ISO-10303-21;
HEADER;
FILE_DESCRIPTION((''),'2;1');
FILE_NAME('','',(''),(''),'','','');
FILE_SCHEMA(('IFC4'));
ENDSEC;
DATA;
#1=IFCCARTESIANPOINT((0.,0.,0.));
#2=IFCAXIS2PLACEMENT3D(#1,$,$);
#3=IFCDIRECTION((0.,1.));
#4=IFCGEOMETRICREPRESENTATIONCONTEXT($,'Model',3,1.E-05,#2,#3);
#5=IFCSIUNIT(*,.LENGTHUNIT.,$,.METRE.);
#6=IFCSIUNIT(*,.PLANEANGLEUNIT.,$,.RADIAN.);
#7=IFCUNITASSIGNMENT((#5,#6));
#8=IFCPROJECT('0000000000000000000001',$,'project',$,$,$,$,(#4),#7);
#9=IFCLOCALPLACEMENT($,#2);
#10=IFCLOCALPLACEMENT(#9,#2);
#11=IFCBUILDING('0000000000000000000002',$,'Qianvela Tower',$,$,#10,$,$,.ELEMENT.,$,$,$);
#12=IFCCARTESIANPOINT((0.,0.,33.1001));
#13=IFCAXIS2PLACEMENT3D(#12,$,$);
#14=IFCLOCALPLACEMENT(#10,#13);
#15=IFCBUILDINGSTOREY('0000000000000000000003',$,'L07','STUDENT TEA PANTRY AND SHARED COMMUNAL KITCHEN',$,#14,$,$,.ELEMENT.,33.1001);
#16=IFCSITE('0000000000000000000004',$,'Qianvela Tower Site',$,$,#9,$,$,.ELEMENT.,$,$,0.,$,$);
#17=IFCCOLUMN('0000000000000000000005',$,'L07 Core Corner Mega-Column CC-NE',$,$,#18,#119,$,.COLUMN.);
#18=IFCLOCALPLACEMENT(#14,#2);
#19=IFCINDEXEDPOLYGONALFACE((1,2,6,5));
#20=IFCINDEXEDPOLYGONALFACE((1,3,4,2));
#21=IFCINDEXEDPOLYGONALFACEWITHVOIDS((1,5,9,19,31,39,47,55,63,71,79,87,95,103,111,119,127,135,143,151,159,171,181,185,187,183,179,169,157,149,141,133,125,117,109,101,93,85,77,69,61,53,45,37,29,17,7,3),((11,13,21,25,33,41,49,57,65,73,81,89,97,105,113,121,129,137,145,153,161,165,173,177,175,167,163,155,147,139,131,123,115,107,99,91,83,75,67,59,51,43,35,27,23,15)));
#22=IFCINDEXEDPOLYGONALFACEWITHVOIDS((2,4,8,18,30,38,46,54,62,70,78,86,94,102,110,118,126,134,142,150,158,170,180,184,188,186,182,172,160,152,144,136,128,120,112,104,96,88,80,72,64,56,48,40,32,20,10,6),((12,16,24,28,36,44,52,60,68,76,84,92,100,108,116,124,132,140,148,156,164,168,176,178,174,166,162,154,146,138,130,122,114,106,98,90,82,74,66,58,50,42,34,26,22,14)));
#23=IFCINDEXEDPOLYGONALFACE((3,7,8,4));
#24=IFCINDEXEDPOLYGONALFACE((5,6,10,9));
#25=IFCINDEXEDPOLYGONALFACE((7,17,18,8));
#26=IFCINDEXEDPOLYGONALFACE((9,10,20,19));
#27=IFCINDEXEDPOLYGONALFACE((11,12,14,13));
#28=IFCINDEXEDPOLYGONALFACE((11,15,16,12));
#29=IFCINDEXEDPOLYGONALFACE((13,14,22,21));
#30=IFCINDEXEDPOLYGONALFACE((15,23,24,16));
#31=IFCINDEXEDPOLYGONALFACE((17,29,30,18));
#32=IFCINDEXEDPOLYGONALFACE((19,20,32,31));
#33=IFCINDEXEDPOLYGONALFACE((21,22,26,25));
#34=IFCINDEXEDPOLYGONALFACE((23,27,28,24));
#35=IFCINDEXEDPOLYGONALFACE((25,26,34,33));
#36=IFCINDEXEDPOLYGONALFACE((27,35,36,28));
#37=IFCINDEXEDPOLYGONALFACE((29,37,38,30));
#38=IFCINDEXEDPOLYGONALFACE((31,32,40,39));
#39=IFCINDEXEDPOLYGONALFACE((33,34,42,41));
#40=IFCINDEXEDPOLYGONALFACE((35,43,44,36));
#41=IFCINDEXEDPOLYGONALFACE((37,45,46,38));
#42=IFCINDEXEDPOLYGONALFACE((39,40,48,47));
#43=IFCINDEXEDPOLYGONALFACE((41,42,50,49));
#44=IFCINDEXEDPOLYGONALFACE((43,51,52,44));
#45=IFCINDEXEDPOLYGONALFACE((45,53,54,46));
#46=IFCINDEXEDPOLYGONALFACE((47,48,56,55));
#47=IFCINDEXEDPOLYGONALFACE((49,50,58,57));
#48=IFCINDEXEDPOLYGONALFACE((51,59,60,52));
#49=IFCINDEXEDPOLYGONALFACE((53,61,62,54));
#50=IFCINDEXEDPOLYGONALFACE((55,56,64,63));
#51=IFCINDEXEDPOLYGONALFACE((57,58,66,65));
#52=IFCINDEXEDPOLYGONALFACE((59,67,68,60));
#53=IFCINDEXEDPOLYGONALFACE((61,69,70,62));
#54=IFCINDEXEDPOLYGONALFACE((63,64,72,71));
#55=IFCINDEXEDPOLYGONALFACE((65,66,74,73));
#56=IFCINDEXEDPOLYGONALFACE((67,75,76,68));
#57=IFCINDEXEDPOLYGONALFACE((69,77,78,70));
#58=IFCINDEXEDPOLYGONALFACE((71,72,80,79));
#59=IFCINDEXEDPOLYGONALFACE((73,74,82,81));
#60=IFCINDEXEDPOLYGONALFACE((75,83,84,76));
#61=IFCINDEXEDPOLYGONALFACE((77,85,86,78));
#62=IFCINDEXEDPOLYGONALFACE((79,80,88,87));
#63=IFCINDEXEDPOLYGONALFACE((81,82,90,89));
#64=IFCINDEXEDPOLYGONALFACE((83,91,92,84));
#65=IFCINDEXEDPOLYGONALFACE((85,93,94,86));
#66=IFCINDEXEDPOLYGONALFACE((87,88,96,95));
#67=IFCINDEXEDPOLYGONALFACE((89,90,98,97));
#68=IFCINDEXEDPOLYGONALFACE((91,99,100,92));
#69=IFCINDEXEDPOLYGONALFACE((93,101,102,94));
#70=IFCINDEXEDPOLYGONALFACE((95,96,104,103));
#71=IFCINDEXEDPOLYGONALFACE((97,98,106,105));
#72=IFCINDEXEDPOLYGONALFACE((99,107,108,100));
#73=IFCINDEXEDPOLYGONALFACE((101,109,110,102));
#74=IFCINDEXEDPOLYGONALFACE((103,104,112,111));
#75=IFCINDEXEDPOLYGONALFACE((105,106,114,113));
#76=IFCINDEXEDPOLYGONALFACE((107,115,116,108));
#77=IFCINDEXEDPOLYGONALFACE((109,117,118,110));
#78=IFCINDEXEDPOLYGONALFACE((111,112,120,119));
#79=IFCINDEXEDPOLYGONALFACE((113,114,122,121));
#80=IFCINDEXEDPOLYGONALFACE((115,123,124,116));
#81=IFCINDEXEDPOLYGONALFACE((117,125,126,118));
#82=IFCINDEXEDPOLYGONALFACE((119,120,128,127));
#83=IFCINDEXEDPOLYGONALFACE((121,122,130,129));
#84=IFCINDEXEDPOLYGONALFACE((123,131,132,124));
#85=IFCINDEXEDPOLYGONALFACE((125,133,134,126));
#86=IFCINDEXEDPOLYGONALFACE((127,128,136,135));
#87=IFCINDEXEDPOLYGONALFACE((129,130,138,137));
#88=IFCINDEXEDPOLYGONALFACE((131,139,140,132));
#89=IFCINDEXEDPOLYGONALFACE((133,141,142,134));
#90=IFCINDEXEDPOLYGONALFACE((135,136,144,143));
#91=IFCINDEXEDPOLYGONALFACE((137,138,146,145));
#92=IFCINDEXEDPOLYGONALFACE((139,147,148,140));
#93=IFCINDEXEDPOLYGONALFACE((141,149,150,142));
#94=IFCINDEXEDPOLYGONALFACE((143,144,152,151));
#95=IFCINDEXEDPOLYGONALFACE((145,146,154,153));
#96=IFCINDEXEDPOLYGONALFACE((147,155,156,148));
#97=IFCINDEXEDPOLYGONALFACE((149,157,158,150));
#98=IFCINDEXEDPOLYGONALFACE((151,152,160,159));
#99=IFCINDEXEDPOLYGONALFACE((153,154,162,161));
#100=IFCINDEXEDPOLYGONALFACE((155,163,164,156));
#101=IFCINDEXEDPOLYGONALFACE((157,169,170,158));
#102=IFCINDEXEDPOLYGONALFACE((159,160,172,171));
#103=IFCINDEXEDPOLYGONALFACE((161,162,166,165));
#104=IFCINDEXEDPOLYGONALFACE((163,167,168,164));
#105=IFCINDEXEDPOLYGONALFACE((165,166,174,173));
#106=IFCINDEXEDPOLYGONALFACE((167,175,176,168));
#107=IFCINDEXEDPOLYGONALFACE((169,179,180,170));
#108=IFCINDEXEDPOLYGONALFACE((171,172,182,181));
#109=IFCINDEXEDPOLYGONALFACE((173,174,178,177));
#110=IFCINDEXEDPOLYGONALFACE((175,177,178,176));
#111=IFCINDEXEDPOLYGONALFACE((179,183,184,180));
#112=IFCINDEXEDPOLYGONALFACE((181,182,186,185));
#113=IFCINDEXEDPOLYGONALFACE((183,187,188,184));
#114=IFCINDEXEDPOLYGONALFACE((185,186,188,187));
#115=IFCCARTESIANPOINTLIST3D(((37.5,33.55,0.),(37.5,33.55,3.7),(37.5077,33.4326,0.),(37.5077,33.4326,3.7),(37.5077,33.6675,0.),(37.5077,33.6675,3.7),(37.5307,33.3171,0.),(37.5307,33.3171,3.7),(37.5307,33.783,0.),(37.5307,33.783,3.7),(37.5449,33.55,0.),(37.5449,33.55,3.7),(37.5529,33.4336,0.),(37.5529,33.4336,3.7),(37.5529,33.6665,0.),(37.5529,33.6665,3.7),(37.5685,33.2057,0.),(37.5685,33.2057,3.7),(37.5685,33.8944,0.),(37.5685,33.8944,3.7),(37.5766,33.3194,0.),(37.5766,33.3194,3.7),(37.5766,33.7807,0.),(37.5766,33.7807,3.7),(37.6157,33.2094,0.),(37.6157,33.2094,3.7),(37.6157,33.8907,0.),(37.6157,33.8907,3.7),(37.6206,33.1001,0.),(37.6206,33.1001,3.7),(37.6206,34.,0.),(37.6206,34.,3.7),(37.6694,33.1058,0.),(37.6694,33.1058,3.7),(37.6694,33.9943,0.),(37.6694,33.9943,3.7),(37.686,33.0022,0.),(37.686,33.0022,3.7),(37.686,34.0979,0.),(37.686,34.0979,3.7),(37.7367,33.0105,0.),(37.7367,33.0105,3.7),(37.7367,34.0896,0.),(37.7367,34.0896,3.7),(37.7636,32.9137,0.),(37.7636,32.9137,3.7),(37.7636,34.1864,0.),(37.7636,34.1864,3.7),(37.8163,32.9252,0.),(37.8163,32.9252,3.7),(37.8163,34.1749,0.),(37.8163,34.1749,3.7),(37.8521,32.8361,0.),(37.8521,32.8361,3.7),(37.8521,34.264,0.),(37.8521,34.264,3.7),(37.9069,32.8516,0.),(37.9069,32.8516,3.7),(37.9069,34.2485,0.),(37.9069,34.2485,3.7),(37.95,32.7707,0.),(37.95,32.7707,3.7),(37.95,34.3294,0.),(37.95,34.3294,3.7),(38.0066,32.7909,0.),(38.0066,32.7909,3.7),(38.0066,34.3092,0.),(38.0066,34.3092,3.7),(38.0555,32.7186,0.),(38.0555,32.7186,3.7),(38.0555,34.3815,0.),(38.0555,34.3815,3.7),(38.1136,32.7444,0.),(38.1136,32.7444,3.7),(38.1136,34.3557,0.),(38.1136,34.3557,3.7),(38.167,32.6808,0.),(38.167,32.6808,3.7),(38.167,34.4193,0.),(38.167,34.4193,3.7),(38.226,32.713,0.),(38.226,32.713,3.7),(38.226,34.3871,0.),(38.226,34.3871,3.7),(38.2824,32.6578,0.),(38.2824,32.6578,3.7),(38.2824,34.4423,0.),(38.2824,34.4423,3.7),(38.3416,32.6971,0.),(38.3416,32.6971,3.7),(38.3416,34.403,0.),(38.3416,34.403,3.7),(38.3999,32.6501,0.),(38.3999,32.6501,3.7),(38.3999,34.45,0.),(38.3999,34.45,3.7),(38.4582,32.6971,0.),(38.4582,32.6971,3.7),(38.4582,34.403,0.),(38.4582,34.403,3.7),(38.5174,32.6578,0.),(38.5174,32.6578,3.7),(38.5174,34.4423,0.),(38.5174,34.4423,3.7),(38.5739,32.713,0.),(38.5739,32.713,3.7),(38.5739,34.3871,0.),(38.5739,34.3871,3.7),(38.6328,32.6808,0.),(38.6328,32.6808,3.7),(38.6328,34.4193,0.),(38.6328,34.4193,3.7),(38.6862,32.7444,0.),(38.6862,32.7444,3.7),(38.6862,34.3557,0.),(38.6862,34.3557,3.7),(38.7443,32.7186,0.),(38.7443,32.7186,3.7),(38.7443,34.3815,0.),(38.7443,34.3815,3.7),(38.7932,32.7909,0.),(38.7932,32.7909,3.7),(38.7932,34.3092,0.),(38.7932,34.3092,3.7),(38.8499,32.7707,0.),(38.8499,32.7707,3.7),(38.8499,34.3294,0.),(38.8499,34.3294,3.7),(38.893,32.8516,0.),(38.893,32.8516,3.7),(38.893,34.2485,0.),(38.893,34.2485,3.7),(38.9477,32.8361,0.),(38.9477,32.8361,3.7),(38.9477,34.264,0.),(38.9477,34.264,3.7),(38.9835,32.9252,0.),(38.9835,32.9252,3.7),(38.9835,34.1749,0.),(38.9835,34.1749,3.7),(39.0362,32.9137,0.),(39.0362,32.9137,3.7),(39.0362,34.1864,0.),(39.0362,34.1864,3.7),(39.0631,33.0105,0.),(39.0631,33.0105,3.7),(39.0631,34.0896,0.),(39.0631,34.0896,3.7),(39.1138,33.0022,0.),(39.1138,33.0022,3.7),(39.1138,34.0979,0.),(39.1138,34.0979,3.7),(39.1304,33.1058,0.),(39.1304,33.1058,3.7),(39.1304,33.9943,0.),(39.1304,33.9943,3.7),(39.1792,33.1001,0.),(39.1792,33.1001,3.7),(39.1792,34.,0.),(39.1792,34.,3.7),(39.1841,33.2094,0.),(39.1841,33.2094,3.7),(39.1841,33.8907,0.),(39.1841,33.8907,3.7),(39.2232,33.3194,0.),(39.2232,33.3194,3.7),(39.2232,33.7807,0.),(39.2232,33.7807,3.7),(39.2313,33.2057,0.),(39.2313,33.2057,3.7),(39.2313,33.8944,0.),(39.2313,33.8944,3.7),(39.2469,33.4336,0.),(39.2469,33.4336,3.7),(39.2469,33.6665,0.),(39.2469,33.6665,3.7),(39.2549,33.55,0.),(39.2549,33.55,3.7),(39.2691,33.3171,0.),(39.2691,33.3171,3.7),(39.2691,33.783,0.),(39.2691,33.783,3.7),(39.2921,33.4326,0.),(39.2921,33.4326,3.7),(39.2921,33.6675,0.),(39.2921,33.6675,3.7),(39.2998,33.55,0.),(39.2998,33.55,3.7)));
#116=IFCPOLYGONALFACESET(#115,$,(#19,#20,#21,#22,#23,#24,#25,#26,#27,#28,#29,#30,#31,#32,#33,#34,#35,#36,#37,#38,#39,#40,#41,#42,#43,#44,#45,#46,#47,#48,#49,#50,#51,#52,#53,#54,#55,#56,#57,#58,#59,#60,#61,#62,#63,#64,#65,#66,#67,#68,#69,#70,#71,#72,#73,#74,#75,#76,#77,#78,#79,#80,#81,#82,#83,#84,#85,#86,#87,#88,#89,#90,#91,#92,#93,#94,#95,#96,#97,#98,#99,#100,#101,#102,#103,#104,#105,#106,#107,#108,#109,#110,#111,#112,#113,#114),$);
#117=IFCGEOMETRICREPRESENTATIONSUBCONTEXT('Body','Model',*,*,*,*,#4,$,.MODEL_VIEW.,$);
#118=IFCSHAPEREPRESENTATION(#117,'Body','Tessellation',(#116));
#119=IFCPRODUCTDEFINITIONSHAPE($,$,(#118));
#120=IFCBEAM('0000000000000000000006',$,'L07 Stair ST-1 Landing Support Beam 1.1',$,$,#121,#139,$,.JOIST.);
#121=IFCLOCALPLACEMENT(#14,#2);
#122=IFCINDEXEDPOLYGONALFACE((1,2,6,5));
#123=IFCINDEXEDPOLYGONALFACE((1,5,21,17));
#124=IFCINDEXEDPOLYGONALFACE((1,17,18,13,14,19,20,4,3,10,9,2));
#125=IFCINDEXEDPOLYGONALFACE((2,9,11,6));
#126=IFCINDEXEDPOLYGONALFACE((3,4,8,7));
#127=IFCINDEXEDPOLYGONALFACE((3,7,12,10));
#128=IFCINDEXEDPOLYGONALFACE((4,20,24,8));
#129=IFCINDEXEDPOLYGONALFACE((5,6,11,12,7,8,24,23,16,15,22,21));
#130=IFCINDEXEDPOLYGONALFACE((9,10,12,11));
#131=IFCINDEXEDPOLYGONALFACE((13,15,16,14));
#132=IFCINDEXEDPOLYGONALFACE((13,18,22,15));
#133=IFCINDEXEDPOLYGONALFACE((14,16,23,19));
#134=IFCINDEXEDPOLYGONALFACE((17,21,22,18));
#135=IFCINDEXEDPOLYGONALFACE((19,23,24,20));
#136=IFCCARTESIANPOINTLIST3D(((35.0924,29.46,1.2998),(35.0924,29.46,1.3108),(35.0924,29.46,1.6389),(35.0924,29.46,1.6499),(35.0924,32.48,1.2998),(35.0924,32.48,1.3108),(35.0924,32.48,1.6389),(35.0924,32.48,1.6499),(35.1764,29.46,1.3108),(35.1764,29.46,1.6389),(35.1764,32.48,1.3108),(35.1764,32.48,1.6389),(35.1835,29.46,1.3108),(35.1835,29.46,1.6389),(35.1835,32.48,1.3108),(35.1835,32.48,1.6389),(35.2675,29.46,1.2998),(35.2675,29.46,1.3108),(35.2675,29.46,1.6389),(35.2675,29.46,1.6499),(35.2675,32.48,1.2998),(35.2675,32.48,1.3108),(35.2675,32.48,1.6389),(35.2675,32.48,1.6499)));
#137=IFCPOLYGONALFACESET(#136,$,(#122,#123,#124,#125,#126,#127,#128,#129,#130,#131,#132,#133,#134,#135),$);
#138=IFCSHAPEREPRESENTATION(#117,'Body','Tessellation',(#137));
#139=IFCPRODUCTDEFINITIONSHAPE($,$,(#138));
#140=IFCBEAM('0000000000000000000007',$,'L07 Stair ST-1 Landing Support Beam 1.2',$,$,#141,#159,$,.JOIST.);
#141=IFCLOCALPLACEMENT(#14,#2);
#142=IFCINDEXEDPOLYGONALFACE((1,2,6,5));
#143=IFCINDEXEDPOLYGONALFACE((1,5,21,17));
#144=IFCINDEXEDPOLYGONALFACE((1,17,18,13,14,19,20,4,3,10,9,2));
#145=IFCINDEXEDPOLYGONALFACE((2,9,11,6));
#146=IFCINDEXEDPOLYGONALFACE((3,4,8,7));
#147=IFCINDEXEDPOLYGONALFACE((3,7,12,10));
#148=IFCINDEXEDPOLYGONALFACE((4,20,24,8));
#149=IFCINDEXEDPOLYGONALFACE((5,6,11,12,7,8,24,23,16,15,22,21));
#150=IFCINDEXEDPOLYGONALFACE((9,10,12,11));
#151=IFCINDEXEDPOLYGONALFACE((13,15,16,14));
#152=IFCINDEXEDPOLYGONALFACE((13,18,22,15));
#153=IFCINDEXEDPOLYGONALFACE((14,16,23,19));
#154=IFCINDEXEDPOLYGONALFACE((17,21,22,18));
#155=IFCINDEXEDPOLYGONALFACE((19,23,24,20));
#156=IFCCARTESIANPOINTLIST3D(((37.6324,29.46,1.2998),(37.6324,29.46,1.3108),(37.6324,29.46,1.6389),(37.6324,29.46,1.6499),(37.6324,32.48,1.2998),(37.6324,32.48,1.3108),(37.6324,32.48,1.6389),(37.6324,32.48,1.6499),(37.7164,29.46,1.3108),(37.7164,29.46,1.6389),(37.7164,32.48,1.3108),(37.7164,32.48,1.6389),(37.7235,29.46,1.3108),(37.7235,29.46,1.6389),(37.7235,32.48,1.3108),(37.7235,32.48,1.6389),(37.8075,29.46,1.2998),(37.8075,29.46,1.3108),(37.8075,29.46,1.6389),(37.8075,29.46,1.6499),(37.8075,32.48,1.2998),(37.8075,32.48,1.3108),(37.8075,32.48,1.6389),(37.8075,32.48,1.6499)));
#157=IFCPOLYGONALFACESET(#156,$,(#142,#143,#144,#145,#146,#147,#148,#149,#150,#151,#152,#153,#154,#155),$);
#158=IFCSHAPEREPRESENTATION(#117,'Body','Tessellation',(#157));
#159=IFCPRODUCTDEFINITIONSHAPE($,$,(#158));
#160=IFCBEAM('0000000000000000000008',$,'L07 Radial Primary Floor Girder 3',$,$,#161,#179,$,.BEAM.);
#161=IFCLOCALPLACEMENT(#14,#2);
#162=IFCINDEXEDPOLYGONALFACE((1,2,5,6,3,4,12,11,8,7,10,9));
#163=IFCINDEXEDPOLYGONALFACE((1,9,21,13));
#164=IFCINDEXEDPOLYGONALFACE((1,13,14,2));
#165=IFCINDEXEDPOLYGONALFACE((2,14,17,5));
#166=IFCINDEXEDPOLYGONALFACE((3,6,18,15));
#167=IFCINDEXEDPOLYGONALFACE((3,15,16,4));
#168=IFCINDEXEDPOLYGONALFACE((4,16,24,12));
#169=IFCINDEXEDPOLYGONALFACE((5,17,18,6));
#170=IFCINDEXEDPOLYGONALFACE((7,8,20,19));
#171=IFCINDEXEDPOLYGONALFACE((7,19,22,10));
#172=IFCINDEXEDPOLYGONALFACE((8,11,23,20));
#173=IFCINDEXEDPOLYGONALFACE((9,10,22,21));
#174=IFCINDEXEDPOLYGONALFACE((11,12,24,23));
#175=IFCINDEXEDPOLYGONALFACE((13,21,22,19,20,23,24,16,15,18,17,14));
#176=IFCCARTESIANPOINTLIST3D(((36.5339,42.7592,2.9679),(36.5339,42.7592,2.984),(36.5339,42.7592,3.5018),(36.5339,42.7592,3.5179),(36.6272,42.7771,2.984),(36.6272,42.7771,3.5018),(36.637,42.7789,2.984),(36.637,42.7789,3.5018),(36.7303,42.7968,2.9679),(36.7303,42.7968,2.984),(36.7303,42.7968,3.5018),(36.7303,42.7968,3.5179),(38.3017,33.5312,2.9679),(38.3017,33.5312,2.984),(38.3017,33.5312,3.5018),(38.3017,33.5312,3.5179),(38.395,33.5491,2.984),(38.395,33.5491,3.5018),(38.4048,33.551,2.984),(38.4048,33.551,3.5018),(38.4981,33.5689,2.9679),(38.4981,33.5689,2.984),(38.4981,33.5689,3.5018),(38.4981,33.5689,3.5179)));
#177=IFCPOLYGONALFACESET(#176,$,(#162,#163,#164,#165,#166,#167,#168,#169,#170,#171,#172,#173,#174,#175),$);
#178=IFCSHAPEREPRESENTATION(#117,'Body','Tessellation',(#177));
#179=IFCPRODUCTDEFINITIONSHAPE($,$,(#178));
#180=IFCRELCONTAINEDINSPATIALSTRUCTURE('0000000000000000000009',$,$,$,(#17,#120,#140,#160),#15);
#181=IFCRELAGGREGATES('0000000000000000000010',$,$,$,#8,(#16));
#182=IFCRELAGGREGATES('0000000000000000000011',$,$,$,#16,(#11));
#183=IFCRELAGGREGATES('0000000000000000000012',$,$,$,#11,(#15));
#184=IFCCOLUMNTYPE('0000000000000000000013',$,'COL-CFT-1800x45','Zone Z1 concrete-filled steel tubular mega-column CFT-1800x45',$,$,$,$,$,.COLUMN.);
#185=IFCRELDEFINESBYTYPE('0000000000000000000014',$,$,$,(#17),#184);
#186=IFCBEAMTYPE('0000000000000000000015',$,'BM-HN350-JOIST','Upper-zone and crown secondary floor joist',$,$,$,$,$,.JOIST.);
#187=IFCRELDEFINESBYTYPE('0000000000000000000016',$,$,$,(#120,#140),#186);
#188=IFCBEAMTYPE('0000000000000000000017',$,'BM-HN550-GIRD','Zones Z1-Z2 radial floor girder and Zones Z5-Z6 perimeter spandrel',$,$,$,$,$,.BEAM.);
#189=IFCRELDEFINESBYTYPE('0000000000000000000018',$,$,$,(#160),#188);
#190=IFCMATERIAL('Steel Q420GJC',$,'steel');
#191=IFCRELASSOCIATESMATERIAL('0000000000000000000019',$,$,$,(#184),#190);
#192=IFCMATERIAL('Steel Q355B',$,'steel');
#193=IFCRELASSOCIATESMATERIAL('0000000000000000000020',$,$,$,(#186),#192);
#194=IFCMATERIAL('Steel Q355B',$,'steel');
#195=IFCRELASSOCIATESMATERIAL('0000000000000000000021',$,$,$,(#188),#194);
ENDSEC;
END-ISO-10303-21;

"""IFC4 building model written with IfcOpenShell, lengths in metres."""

from ifc_helpers import new_model, si_unit, direction, frame, origin, origin_2d, place, context, subcontext, project, spatial, hollow_circle, i_section, extrude, material, material_profile, profile_set, type_object, element, save


model = new_model("IFC4")

# Units and contexts
model_context = context("Model", 3, precision=1e-05, world=origin(), true_north=direction((0.0, 1.0)))
body_context = subcontext(model_context, "Body", "Model", "MODEL_VIEW")
ifc_project = project(units=[si_unit("LENGTHUNIT", "METRE"), si_unit("PLANEANGLEUNIT", "RADIAN")], contexts=[model_context])

# Site, building, storey
site_placement = place(None, origin())
site = spatial("IfcSite", under=ifc_project, at=site_placement, Name="Qianvela Tower Site", CompositionType="ELEMENT", RefElevation=0.0)
building_placement = place(site_placement, origin())
building = spatial("IfcBuilding", under=site, at=building_placement, Name="Qianvela Tower", CompositionType="ELEMENT")
storey_placement = place(building_placement, frame((0.0, 0.0, 33.1001)))
storey = spatial("IfcBuildingStorey", under=building, at=storey_placement, Name="L07", Description="STUDENT TEA PANTRY AND SHARED COMMUNAL KITCHEN", CompositionType="ELEMENT", Elevation=33.1001)

# Column
ifc_material_1 = material(Name="Steel Q420GJC", Category="steel")
ifc_material_profile_1 = material_profile(ifc_material_1, hollow_circle(Radius=0.8999, WallThickness=0.0449, at=origin_2d()), Name="CFT-1800x45")
ifc_profile_set_1 = profile_set([ifc_material_profile_1], Name="Steel Q420GJC")
column_type = type_object("IfcColumnType", Name="COL-CFT-1800x45", Description="Zone Z1 concrete-filled steel tubular mega-column CFT-1800x45", PredefinedType="COLUMN", material=ifc_profile_set_1)
column_placement = place(storey_placement, frame((38.3999, 33.55, 0.0), z_axis=(0.0, 0.0, 1.0), x_axis=(1.0, 0.0, 0.0)))
element("IfcColumn", 1, at=column_placement, inside=storey, type_object=column_type, Name="L07 Core Corner Mega-Column CC-NE", PredefinedType="COLUMN", context=body_context, shape_type="SweptSolid", body=[
    extrude(hollow_circle(Radius=0.8999, WallThickness=0.0449, at=origin_2d()), origin(), (0.0, 0.0, 1.0), 3.7),
])

# Beams
ifc_material_2 = material(Name="Steel Q355B", Category="steel")
ifc_material_profile_2 = material_profile(ifc_material_2, i_section(OverallWidth=0.175, OverallDepth=0.3501, WebThickness=0.0071, FlangeThickness=0.011, at=origin_2d()), Name="HN350x175x7x11")
ifc_profile_set_2 = profile_set([ifc_material_profile_2], Name="Steel Q355B")
beam_type_1 = type_object("IfcBeamType", Name="BM-HN350-JOIST", Description="Upper-zone and crown secondary floor joist", PredefinedType="JOIST", material=ifc_profile_set_2)
for number, where, z_axis, x_axis, name in (
    (2, (35.1799, 29.46, 1.4749), (0.0, 1.0, 0.0), (-1.0, 0.0, 0.0), "L07 Stair ST-1 Landing Support Beam 1.1"),
    (3, (37.72, 29.46, 1.4749), (0.0, 1.0, 0.0), (-1.0, 0.0, 0.0), "L07 Stair ST-1 Landing Support Beam 1.2"),
):
    element("IfcBeam", number, at=place(storey_placement, frame(where, z_axis=z_axis, x_axis=x_axis)), inside=storey, type_object=beam_type_1, Name=name, PredefinedType="JOIST", context=body_context, shape_type="SweptSolid", body=[
        extrude(i_section(OverallWidth=0.175, OverallDepth=0.3501, WebThickness=0.0071, FlangeThickness=0.011, at=origin_2d()), origin(), (0.0, 0.0, 1.0), 3.02),
    ])
ifc_material_3 = material(Name="Steel Q355B", Category="steel")
ifc_material_profile_3 = material_profile(ifc_material_3, i_section(OverallWidth=0.2, OverallDepth=0.55, WebThickness=0.01, FlangeThickness=0.0161, at=origin_2d()), Name="HN550x200x10x16")
ifc_profile_set_3 = profile_set([ifc_material_profile_3], Name="Steel Q355B")
beam_type_2 = type_object("IfcBeamType", Name="BM-HN550-GIRD", Description="Zones Z1-Z2 radial floor girder and Zones Z5-Z6 perimeter spandrel", PredefinedType="BEAM", material=ifc_profile_set_3)
beam_placement = place(storey_placement, frame((38.3999, 33.55, 3.2429), z_axis=(-0.18815, 0.98214, 0.0), x_axis=(-0.98214, -0.18815, 0.0)))
element("IfcBeam", 4, at=beam_placement, inside=storey, type_object=beam_type_2, Name="L07 Radial Primary Floor Girder 3", PredefinedType="BEAM", context=body_context, shape_type="SweptSolid", body=[
    extrude(i_section(OverallWidth=0.2, OverallDepth=0.55, WebThickness=0.01, FlangeThickness=0.0161, at=origin_2d()), origin(), (0.0, 0.0, 1.0), 9.3958),
])

save(model, "model.ifc")
